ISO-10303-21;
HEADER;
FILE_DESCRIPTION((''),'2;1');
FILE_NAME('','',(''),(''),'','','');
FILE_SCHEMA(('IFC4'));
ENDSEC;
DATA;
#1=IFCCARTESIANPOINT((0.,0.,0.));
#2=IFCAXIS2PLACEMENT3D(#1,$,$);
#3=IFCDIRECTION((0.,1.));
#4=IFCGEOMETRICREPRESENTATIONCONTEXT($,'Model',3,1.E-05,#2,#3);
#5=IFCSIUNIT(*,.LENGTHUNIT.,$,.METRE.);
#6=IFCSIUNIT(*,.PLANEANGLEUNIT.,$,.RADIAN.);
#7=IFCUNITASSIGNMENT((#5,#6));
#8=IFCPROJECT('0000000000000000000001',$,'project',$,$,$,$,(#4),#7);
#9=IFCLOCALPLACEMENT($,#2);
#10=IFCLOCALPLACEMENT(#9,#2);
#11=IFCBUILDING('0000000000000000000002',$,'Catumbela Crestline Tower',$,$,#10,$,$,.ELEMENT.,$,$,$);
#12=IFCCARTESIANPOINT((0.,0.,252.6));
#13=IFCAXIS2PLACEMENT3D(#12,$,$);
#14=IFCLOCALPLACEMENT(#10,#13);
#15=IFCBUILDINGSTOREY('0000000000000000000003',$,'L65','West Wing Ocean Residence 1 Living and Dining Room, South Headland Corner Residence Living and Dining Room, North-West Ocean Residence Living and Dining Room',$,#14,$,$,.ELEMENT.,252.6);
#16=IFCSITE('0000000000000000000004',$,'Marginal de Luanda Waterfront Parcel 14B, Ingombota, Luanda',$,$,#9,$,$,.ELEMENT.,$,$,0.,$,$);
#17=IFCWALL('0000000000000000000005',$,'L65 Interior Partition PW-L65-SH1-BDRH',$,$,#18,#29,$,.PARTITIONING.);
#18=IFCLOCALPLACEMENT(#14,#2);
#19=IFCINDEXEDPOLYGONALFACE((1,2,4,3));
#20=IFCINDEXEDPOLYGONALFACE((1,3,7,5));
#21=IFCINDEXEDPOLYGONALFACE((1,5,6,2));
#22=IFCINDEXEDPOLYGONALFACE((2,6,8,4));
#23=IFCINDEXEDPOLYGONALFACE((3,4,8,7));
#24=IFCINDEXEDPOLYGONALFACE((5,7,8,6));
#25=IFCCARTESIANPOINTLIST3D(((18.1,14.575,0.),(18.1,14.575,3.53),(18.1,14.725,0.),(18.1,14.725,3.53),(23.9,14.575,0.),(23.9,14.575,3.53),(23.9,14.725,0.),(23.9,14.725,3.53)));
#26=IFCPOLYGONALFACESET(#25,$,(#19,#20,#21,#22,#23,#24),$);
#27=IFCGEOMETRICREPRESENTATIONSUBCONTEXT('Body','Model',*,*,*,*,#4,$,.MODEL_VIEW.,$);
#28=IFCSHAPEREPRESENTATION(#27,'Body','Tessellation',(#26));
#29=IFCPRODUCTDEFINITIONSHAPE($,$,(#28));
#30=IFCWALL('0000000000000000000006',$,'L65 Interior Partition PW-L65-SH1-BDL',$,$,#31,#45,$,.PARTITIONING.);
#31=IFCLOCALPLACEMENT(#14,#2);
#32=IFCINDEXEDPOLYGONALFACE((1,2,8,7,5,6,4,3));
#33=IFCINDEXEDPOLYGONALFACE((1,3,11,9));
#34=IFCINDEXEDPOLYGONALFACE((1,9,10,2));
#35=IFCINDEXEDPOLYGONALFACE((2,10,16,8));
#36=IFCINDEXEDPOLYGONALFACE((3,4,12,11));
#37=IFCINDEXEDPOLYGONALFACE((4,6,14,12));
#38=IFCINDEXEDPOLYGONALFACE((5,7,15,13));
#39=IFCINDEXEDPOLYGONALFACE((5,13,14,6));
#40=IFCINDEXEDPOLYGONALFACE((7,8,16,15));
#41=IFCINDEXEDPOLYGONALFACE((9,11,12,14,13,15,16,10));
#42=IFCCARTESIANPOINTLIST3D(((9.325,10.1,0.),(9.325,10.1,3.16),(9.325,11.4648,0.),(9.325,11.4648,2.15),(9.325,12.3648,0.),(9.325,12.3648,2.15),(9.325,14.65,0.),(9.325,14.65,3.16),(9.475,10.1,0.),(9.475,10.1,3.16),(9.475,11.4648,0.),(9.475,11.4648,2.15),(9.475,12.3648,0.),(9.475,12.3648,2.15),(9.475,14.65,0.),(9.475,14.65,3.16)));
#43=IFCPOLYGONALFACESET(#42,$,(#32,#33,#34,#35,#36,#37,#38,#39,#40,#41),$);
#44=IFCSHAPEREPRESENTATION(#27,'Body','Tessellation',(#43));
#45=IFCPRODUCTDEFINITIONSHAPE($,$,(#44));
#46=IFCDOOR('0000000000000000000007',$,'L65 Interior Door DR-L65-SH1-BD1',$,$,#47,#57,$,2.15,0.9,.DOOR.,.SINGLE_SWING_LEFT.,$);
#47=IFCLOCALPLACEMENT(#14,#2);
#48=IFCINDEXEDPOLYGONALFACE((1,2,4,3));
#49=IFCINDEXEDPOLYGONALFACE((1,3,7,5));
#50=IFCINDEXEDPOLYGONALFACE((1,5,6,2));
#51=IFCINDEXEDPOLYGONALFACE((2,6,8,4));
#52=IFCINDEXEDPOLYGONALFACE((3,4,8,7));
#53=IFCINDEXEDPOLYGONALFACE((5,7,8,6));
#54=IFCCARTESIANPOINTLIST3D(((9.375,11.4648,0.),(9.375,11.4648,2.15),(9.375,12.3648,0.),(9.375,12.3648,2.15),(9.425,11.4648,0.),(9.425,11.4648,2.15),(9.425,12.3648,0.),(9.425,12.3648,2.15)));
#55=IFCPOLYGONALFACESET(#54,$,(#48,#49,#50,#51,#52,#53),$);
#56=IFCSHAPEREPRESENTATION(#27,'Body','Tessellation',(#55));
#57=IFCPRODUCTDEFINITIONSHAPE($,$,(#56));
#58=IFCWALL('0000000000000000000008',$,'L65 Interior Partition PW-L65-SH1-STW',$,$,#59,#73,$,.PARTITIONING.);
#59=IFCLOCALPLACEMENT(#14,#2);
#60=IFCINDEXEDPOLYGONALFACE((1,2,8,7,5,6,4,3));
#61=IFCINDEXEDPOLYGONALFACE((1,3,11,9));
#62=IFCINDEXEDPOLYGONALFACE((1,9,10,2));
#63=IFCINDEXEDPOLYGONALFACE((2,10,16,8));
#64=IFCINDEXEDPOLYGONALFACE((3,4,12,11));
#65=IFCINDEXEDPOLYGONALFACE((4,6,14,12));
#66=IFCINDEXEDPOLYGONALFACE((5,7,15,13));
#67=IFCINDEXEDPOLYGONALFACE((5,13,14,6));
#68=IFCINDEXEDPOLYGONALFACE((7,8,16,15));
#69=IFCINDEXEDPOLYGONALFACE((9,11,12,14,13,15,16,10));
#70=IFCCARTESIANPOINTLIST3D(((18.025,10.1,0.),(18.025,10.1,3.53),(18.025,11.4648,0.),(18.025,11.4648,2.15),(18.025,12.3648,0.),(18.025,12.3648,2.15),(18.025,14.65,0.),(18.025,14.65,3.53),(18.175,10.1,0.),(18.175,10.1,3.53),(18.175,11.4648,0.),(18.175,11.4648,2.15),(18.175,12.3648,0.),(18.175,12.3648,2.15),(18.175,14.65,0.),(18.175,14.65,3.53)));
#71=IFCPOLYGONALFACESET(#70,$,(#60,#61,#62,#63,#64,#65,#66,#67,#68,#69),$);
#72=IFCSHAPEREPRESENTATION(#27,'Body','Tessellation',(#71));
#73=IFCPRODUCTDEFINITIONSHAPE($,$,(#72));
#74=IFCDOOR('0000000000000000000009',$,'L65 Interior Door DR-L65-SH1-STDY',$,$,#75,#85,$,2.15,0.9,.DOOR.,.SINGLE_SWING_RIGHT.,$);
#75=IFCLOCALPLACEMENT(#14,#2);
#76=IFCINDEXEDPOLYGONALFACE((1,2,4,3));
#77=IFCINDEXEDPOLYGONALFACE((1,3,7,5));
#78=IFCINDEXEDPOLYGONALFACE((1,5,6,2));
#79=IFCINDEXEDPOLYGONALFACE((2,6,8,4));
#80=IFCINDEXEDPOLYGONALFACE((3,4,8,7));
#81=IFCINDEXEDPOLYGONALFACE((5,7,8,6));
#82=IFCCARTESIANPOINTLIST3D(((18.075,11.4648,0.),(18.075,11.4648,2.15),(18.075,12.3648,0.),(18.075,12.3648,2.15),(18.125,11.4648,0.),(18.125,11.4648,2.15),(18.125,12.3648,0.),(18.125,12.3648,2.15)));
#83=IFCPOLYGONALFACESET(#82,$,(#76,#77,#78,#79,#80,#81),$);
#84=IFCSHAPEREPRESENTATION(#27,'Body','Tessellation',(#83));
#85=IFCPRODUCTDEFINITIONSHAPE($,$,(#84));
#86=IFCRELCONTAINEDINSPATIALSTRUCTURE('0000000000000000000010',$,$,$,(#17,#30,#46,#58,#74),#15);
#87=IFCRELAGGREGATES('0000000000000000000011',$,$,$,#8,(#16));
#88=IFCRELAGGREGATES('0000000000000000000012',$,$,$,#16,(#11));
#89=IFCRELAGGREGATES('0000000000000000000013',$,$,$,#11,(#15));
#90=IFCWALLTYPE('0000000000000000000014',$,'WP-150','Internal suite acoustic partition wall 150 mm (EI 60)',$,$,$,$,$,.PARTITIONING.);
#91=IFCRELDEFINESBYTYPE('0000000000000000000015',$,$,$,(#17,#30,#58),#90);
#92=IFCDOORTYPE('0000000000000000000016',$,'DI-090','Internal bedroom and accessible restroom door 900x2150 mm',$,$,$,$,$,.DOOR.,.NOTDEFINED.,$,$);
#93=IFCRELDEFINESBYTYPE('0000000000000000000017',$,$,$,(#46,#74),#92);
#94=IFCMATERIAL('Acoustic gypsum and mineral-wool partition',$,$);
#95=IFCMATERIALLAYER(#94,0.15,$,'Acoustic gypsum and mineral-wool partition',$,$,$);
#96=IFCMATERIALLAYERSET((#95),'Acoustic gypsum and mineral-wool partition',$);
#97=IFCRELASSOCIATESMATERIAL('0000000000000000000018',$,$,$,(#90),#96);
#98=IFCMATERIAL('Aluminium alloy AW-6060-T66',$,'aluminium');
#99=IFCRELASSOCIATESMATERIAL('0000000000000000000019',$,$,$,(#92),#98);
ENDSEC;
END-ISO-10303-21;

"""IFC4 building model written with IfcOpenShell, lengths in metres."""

from ifc_helpers import new_model, si_unit, direction, frame, frame_2d, origin, place, context, subcontext, project, spatial, rectangle, extrude, material, layer, layer_set, type_object, element, fill, save


model = new_model("IFC4")

# Units and contexts
model_context = context("Model", 3, precision=1e-05, world=origin(), true_north=direction((0.0, 1.0)))
body_context = subcontext(model_context, "Body", "Model", "MODEL_VIEW")
ifc_project = project(units=[si_unit("LENGTHUNIT", "METRE"), si_unit("PLANEANGLEUNIT", "RADIAN")], contexts=[model_context])

# Site, building, storey
site_placement = place(None, origin())
site = spatial("IfcSite", under=ifc_project, at=site_placement, Name="Marginal de Luanda Waterfront Parcel 14B, Ingombota, Luanda", CompositionType="ELEMENT", RefElevation=0.0)
building_placement = place(site_placement, origin())
building = spatial("IfcBuilding", under=site, at=building_placement, Name="Catumbela Crestline Tower", CompositionType="ELEMENT")
storey_placement = place(building_placement, frame((0.0, 0.0, 252.6)))
storey = spatial("IfcBuildingStorey", under=building, at=storey_placement, Name="L65", Description="West Wing Ocean Residence 1 Living and Dining Room, South Headland Corner Residence Living and Dining Room, North-West Ocean Residence Living and Dining Room", CompositionType="ELEMENT", Elevation=252.6)

# Shared definitions
ifc_material_1 = material(Name="Aluminium alloy AW-6060-T66", Category="aluminium")

# Shared definitions
ifc_material_2 = material(Name="Acoustic gypsum and mineral-wool partition")
ifc_layer_1 = layer(ifc_material_2, 0.15, Name="Acoustic gypsum and mineral-wool partition")
ifc_layer_set_1 = layer_set([ifc_layer_1], Name="Acoustic gypsum and mineral-wool partition")
wall_type = type_object("IfcWallType", Name="WP-150", Description="Internal suite acoustic partition wall 150 mm (EI 60)", PredefinedType="PARTITIONING", material=ifc_layer_set_1)

# Wall
wall_1_placement = place(storey_placement, frame((18.1, 14.65, 0.0), z_axis=(0.0, 0.0, 1.0), x_axis=(1.0, 0.0, 0.0)))
element("IfcWall", 1, at=wall_1_placement, inside=storey, type_object=wall_type, Name="L65 Interior Partition PW-L65-SH1-BDRH", PredefinedType="PARTITIONING", context=body_context, shape_type="SweptSolid", body=[
    extrude(rectangle(XDim=5.8, YDim=0.15, at=frame_2d((2.9, 0.0))), origin(), (0.0, 0.0, 1.0), 3.53),
])

# Walls, openings, doors
wall_2_placement = place(storey_placement, frame((9.4, 10.1, 0.0), z_axis=(0.0, 0.0, 1.0), x_axis=(0.0, 1.0, 0.0)))
wall_2 = element("IfcWall", 2, at=wall_2_placement, inside=storey, type_object=wall_type, Name="L65 Interior Partition PW-L65-SH1-BDL", PredefinedType="PARTITIONING", context=body_context, shape_type="SweptSolid", body=[
    extrude(rectangle(XDim=4.55, YDim=0.15, at=frame_2d((2.275, 0.0))), origin(), (0.0, 0.0, 1.0), 3.16),
])
opening_1_placement = place(wall_2_placement, frame((1.3648, 0.0, 0.0)))
opening_1 = element("IfcOpeningElement", 3, at=opening_1_placement, cuts=wall_2, PredefinedType="OPENING", context=body_context, shape_type="SweptSolid", body=[
    extrude(rectangle(XDim=0.9, YDim=2.15, at=frame_2d((0.45, 1.075))), frame((0.0, 0.085, 0.0), z_axis=(0.0, -1.0, 0.0), x_axis=(1.0, 0.0, 0.0)), (0.0, 0.0, 1.0), 0.17),
])
door_type_1 = type_object("IfcDoorType", Name="DI-090", Description="Internal bedroom and accessible restroom door 900x2150 mm", OperationType="NOTDEFINED", PredefinedType="DOOR", material=ifc_material_1)
door_1_placement = place(opening_1_placement, origin())
door_1 = element("IfcDoor", 4, at=door_1_placement, inside=storey, type_object=door_type_1, Name="L65 Interior Door DR-L65-SH1-BD1", OperationType="SINGLE_SWING_LEFT", OverallHeight=2.15, OverallWidth=0.9, PredefinedType="DOOR", context=body_context, shape_type="SweptSolid", body=[
    extrude(rectangle(XDim=0.9, YDim=2.15, at=frame_2d((0.45, 1.075))), frame((0.0, 0.025, 0.0), z_axis=(0.0, -1.0, 0.0), x_axis=(1.0, 0.0, 0.0)), (0.0, 0.0, 1.0), 0.05),
])
fill(opening_1, door_1)
wall_3_placement = place(storey_placement, frame((18.1, 10.1, 0.0), z_axis=(0.0, 0.0, 1.0), x_axis=(0.0, 1.0, 0.0)))
wall_3 = element("IfcWall", 5, at=wall_3_placement, inside=storey, type_object=wall_type, Name="L65 Interior Partition PW-L65-SH1-STW", PredefinedType="PARTITIONING", context=body_context, shape_type="SweptSolid", body=[
    extrude(rectangle(XDim=4.55, YDim=0.15, at=frame_2d((2.275, 0.0))), origin(), (0.0, 0.0, 1.0), 3.53),
])
opening_2_placement = place(wall_3_placement, frame((1.3648, 0.0, 0.0)))
opening_2 = element("IfcOpeningElement", 6, at=opening_2_placement, cuts=wall_3, PredefinedType="OPENING", context=body_context, shape_type="SweptSolid", body=[
    extrude(rectangle(XDim=0.9, YDim=2.15, at=frame_2d((0.45, 1.075))), frame((0.0, 0.085, 0.0), z_axis=(0.0, -1.0, 0.0), x_axis=(1.0, 0.0, 0.0)), (0.0, 0.0, 1.0), 0.17),
])
door_2_placement = place(opening_2_placement, origin())
door_2 = element("IfcDoor", 7, at=door_2_placement, inside=storey, type_object=door_type_1, Name="L65 Interior Door DR-L65-SH1-STDY", OperationType="SINGLE_SWING_RIGHT", OverallHeight=2.15, OverallWidth=0.9, PredefinedType="DOOR", context=body_context, shape_type="SweptSolid", body=[
    extrude(rectangle(XDim=0.9, YDim=2.15, at=frame_2d((0.45, 1.075))), frame((0.0, 0.025, 0.0), z_axis=(0.0, -1.0, 0.0), x_axis=(1.0, 0.0, 0.0)), (0.0, 0.0, 1.0), 0.05),
])
fill(opening_2, door_2)

save(model, "model.ifc")
